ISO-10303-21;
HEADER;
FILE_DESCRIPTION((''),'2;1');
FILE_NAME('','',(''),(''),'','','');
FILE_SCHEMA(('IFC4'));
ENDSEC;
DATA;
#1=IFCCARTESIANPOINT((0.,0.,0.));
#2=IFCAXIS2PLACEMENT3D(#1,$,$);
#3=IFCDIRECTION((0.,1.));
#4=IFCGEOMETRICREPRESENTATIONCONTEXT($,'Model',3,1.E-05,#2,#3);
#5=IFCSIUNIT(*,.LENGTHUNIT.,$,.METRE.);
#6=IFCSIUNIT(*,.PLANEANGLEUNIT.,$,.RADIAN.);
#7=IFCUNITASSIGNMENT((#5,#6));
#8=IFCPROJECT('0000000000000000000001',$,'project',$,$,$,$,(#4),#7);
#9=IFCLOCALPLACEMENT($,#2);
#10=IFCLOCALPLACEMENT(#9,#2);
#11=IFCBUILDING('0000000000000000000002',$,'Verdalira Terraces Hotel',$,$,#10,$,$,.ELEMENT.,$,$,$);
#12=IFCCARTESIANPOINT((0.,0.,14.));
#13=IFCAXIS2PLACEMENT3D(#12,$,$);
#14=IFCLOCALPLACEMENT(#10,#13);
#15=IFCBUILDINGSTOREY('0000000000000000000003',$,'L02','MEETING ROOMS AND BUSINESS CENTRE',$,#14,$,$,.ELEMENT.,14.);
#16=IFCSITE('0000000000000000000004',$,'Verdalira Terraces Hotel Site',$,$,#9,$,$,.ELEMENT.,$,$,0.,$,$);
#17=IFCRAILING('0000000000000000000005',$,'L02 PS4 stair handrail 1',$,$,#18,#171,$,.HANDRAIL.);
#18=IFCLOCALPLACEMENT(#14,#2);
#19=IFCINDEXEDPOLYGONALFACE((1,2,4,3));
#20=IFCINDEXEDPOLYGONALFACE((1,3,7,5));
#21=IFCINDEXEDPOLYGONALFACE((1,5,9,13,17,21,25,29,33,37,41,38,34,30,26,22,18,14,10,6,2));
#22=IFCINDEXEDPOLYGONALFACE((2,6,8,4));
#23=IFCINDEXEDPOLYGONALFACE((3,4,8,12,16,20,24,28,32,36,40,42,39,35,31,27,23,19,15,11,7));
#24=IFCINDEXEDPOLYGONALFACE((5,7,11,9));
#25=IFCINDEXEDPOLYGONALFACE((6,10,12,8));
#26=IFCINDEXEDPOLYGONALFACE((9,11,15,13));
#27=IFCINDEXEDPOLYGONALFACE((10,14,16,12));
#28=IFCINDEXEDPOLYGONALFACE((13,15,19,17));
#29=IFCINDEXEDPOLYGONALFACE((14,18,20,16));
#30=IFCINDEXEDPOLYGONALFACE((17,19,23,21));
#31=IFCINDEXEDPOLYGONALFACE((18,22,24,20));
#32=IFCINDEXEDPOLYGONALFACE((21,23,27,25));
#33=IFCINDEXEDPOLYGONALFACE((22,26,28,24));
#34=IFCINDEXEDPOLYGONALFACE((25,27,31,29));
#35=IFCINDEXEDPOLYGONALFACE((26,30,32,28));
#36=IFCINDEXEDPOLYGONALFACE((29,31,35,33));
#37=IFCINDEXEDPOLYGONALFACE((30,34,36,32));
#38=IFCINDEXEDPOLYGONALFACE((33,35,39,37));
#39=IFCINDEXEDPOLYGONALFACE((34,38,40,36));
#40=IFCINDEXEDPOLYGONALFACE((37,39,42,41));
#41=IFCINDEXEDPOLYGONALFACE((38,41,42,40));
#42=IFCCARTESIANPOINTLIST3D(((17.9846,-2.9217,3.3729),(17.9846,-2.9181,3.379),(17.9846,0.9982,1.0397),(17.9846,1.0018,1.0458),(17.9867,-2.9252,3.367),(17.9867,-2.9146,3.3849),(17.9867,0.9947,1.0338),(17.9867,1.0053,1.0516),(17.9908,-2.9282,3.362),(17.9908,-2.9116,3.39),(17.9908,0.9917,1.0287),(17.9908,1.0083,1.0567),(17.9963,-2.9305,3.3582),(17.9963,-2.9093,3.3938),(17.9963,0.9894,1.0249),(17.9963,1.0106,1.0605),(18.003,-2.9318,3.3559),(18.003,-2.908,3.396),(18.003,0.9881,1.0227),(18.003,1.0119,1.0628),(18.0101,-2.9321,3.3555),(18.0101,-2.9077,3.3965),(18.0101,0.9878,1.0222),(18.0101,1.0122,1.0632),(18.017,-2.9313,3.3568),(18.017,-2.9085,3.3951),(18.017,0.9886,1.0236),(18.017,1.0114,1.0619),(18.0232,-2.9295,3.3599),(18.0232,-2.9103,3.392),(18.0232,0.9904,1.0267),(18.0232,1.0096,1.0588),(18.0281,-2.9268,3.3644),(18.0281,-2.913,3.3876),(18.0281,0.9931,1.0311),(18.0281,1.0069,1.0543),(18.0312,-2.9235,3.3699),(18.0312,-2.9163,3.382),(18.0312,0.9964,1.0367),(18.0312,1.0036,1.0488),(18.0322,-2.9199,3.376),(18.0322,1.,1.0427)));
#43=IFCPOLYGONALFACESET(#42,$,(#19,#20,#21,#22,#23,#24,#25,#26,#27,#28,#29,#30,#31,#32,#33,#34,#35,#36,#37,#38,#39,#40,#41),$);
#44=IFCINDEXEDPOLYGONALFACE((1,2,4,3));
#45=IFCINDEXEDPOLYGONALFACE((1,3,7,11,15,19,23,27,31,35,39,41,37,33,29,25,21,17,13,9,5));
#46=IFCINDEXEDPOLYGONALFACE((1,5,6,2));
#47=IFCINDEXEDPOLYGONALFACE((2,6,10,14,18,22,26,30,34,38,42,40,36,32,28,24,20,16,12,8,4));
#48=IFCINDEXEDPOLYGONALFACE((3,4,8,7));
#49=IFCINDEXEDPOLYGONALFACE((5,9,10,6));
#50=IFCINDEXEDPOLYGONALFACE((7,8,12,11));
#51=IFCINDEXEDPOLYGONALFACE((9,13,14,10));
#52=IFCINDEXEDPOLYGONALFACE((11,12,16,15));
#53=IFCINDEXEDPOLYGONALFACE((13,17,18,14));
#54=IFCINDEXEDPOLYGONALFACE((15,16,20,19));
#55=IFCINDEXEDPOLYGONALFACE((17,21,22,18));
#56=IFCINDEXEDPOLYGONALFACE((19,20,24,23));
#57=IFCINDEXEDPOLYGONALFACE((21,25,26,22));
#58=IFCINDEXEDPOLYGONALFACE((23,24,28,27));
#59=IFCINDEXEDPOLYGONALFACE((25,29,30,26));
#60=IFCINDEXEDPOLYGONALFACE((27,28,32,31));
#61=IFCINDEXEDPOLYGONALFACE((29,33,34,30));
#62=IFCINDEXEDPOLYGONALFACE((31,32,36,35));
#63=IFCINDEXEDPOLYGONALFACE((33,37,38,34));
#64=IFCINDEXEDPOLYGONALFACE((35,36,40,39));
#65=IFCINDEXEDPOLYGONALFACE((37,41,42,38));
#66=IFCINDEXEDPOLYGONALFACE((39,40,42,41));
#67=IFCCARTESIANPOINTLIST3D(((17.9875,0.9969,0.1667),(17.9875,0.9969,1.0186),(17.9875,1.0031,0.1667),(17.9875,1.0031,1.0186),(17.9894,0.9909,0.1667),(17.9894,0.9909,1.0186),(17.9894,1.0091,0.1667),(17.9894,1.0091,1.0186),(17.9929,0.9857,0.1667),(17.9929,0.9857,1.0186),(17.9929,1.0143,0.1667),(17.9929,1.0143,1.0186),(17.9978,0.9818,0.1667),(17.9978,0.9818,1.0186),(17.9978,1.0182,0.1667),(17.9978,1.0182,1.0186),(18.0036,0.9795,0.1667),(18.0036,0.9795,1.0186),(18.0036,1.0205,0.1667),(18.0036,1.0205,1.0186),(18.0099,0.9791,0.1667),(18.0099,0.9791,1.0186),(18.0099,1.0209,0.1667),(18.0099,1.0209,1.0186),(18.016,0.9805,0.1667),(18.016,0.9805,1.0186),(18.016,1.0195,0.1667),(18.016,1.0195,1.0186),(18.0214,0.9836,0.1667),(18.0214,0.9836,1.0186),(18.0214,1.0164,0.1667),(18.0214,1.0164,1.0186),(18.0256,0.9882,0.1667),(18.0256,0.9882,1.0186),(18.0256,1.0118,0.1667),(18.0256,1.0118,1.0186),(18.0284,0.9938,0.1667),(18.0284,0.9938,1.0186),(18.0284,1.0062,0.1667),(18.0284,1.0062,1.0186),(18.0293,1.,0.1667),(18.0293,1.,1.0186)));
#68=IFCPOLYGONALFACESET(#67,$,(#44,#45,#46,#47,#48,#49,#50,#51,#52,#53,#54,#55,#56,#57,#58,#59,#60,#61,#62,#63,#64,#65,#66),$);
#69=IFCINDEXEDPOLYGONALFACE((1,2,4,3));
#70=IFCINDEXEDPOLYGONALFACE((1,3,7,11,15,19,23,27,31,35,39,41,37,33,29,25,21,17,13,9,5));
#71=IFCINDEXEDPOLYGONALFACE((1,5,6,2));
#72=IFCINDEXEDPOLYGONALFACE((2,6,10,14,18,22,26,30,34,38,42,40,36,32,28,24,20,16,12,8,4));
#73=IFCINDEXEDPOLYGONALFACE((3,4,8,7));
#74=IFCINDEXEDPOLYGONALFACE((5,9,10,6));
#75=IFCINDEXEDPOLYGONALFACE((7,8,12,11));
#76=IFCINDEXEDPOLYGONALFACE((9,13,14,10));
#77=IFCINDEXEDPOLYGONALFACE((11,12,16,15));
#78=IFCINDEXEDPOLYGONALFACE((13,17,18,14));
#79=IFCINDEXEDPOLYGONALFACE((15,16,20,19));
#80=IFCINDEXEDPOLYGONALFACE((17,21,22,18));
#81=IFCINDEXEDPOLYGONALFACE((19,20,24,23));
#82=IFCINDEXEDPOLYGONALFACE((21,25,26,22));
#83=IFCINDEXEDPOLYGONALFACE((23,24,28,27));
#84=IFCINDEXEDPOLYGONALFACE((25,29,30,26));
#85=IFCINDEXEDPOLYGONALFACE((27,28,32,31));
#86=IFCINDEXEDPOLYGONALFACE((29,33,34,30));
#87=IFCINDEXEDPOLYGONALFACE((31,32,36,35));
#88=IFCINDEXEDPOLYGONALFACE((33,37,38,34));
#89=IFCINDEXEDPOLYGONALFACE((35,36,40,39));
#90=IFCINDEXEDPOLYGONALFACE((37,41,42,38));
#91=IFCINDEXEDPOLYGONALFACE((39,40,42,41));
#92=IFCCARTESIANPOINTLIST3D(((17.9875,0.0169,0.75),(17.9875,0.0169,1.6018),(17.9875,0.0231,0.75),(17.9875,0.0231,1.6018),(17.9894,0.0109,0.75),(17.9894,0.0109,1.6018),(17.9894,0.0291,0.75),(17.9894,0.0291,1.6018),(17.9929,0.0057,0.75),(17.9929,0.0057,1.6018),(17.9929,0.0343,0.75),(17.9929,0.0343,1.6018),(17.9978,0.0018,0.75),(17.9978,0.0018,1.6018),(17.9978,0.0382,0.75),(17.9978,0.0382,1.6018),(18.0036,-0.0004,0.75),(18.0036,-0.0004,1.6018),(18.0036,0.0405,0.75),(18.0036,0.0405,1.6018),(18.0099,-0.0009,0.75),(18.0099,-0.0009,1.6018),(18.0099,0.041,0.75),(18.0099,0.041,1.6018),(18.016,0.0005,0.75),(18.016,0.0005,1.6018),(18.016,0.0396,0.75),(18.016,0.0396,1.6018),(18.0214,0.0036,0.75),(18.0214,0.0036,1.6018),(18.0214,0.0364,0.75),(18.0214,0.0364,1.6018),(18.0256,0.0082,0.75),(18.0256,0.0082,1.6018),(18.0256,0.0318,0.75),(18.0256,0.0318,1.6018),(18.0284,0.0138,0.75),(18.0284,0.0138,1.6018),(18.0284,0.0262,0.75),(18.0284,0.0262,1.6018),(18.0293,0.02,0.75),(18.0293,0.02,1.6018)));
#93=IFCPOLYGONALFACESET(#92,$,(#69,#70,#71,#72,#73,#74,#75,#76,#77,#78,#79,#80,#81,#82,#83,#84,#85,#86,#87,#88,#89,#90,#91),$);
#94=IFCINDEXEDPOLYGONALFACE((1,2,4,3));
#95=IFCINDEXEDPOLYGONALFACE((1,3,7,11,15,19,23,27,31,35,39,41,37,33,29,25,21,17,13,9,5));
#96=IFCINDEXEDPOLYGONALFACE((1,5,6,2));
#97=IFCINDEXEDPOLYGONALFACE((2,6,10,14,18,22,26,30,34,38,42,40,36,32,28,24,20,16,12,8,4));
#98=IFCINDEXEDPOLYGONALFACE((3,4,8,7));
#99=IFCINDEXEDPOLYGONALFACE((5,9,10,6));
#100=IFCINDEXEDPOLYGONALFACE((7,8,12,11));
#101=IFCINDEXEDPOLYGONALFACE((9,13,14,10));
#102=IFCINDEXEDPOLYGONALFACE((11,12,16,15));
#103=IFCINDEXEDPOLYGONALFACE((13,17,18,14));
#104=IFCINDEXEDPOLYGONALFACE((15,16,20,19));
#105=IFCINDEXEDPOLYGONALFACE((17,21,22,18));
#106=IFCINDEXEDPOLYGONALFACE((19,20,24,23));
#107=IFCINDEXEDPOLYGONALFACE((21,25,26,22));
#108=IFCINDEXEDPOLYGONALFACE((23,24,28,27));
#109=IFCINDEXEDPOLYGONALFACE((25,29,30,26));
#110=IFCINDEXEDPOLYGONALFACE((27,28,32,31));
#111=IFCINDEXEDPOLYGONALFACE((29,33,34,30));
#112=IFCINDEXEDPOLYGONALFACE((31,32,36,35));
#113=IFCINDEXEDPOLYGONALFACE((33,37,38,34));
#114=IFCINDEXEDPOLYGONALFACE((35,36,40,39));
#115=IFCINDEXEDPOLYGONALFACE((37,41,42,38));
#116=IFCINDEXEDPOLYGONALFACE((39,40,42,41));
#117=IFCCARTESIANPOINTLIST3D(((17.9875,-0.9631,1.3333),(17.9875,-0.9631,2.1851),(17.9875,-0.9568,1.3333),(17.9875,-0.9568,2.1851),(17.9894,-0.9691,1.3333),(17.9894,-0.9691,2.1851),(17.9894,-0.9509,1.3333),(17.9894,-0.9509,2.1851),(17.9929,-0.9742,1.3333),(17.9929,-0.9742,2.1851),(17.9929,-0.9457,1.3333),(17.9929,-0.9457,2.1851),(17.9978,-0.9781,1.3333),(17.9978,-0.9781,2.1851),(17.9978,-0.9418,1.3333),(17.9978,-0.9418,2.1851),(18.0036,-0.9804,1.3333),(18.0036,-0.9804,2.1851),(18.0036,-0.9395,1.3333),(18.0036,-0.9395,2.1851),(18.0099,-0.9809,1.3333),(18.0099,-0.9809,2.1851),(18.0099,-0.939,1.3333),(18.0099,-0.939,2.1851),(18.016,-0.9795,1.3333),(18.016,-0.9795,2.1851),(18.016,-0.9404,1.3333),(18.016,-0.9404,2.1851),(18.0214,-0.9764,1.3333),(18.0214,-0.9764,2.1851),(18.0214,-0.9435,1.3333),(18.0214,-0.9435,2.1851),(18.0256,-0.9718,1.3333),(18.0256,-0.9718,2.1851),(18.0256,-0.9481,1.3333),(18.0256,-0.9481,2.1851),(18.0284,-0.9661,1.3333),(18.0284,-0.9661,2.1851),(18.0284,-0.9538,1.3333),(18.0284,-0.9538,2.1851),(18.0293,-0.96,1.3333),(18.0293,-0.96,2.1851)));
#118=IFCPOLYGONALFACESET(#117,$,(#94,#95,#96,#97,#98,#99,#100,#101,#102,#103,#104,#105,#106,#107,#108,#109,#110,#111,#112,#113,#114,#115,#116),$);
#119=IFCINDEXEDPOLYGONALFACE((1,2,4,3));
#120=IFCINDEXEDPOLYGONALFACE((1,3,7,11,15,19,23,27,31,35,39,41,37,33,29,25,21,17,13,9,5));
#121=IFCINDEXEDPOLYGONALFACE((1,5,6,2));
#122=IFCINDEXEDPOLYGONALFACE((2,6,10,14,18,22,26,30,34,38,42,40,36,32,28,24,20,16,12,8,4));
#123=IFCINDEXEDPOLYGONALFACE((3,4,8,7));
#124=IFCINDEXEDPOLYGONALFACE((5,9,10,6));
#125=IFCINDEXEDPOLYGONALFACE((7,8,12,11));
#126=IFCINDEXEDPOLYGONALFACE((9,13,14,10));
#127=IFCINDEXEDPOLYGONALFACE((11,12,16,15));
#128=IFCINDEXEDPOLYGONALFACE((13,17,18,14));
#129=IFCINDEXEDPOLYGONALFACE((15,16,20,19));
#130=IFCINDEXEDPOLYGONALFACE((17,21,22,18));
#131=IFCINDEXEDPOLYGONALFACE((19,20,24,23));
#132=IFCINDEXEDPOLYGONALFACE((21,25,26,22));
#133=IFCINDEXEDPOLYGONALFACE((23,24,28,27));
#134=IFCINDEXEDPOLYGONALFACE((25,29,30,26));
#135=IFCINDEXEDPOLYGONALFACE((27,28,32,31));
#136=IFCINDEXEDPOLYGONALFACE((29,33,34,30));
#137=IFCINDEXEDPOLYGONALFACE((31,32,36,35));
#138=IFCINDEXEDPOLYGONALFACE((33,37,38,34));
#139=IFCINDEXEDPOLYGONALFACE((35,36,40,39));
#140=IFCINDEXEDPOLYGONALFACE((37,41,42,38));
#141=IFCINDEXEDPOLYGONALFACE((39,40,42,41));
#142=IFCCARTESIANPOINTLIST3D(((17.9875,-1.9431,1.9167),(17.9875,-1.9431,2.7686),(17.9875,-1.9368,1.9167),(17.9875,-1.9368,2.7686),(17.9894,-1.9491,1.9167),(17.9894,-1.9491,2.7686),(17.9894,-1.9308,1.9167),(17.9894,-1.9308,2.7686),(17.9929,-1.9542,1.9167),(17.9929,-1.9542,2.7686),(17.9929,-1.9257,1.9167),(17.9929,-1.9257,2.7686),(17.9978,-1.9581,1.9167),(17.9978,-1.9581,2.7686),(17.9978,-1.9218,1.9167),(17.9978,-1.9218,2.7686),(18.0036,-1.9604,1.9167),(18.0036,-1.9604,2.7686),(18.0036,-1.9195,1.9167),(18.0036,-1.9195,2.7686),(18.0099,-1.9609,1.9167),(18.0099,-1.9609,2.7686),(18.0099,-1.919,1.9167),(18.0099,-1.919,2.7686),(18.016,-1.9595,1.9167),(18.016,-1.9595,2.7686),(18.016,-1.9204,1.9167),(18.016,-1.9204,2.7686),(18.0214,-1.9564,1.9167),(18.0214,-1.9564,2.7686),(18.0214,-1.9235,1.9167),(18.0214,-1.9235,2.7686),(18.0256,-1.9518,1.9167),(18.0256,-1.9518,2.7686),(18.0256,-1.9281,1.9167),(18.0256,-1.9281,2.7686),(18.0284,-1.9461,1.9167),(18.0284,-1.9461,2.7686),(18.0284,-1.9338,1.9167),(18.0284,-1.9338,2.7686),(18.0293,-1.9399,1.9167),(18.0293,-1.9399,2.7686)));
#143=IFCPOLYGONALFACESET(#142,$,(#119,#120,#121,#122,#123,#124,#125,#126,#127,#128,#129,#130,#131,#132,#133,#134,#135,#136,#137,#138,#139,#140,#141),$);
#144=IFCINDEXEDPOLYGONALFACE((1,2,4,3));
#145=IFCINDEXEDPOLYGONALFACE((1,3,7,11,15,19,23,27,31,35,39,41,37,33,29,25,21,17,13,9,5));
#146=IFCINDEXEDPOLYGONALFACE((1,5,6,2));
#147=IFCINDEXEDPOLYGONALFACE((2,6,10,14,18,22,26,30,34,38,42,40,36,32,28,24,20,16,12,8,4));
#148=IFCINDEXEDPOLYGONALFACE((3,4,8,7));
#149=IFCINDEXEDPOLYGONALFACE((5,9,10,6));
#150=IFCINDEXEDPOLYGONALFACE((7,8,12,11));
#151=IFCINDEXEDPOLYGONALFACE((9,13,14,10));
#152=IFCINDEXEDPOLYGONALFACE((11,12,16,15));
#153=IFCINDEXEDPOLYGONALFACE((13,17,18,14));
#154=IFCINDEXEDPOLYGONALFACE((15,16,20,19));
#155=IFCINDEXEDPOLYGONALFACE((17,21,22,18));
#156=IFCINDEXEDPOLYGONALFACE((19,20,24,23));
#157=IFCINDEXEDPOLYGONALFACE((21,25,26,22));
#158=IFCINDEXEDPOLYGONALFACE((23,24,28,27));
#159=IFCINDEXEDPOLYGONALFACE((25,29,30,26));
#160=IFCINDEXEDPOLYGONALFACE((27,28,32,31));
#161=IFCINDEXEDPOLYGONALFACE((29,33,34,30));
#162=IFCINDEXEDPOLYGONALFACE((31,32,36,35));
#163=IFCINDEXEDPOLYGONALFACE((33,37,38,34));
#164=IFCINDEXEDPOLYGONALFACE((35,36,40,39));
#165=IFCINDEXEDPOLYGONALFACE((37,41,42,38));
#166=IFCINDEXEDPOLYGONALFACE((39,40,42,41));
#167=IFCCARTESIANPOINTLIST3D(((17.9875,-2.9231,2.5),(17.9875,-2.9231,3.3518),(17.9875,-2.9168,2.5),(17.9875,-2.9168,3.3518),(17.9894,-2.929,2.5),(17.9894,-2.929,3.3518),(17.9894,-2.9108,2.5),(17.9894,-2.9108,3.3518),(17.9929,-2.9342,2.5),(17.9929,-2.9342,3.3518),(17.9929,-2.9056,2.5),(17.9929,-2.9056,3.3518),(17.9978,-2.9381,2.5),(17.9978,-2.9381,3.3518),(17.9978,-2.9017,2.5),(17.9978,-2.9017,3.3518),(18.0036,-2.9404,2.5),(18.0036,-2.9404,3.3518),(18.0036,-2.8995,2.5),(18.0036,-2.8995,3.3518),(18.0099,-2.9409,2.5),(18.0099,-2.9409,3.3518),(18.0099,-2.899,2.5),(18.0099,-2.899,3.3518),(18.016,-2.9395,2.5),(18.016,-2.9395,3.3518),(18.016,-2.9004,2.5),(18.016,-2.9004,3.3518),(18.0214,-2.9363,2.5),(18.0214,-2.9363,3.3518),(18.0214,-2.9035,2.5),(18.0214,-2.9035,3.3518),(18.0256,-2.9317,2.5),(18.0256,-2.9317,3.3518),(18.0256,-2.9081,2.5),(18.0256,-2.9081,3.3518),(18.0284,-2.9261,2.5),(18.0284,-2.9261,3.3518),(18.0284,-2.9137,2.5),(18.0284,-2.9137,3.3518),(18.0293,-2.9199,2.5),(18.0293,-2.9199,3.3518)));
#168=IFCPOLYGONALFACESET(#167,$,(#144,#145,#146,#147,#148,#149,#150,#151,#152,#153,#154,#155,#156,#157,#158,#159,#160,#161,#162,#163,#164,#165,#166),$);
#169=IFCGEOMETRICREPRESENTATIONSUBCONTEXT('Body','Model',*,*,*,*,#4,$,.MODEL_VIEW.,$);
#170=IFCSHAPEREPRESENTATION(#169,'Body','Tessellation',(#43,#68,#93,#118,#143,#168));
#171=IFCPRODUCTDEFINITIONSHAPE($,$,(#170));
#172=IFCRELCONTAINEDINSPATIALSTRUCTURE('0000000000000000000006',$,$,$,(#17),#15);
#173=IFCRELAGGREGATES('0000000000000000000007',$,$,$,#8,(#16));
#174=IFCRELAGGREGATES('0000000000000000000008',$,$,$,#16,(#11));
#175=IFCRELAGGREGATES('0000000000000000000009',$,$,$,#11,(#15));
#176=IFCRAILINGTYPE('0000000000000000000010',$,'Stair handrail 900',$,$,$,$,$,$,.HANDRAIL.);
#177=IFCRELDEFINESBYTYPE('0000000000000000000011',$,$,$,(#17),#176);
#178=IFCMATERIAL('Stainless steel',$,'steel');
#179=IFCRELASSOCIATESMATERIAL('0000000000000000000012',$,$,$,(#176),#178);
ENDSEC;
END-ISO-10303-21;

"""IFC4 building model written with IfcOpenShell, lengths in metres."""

from ifc_helpers import new_model, si_unit, direction, frame, origin, origin_2d, place, context, subcontext, project, spatial, circle, extrude, material, type_object, element, save


model = new_model("IFC4")

# Units and contexts
model_context = context("Model", 3, precision=1e-05, world=origin(), true_north=direction((0.0, 1.0)))
body_context = subcontext(model_context, "Body", "Model", "MODEL_VIEW")
ifc_project = project(units=[si_unit("LENGTHUNIT", "METRE"), si_unit("PLANEANGLEUNIT", "RADIAN")], contexts=[model_context])

# Site, building, storey
site_placement = place(None, origin())
site = spatial("IfcSite", under=ifc_project, at=site_placement, Name="Verdalira Terraces Hotel Site", CompositionType="ELEMENT", RefElevation=0.0)
building_placement = place(site_placement, origin())
building = spatial("IfcBuilding", under=site, at=building_placement, Name="Verdalira Terraces Hotel", CompositionType="ELEMENT")
storey_placement = place(building_placement, frame((0.0, 0.0, 14.0)))
storey = spatial("IfcBuildingStorey", under=building, at=storey_placement, Name="L02", Description="MEETING ROOMS AND BUSINESS CENTRE", CompositionType="ELEMENT", Elevation=14.0)

# Railing
ifc_material_1 = material(Name="Stainless steel", Category="steel")
railing_type_1 = type_object("IfcRailingType", Name="Stair handrail 900", PredefinedType="HANDRAIL", material=ifc_material_1)
railing_1_placement = place(storey_placement, frame((18.0083, 1.0, 0.1667)))
element("IfcRailing", 1, at=railing_1_placement, inside=storey, type_object=railing_type_1, Name="L02 PS4 stair handrail 1", PredefinedType="HANDRAIL", context=body_context, shape_type="SweptSolid", body=[
    extrude(circle(Radius=0.0239, at=origin_2d()), frame((0.0, 0.0, 0.876), z_axis=(0.0, -0.859296, 0.511478), x_axis=(1.0, 0.0, 0.0)), (0.0, 0.0, 1.0), 4.5618),
    extrude(circle(Radius=0.021, at=origin_2d()), origin(), (0.0, 0.0, 1.0), 0.8518),
    extrude(circle(Radius=0.021, at=origin_2d()), frame((0.0, -0.98, 0.5833)), (0.0, 0.0, 1.0), 0.8518),
    extrude(circle(Radius=0.021, at=origin_2d()), frame((0.0, -1.96, 1.1665)), (0.0, 0.0, 1.0), 0.8518),
    extrude(circle(Radius=0.021, at=origin_2d()), frame((0.0, -2.9399, 1.75)), (0.0, 0.0, 1.0), 0.8518),
    extrude(circle(Radius=0.021, at=origin_2d()), frame((0.0, -3.9199, 2.3333)), (0.0, 0.0, 1.0), 0.8518),
])

save(model, "model.ifc")
